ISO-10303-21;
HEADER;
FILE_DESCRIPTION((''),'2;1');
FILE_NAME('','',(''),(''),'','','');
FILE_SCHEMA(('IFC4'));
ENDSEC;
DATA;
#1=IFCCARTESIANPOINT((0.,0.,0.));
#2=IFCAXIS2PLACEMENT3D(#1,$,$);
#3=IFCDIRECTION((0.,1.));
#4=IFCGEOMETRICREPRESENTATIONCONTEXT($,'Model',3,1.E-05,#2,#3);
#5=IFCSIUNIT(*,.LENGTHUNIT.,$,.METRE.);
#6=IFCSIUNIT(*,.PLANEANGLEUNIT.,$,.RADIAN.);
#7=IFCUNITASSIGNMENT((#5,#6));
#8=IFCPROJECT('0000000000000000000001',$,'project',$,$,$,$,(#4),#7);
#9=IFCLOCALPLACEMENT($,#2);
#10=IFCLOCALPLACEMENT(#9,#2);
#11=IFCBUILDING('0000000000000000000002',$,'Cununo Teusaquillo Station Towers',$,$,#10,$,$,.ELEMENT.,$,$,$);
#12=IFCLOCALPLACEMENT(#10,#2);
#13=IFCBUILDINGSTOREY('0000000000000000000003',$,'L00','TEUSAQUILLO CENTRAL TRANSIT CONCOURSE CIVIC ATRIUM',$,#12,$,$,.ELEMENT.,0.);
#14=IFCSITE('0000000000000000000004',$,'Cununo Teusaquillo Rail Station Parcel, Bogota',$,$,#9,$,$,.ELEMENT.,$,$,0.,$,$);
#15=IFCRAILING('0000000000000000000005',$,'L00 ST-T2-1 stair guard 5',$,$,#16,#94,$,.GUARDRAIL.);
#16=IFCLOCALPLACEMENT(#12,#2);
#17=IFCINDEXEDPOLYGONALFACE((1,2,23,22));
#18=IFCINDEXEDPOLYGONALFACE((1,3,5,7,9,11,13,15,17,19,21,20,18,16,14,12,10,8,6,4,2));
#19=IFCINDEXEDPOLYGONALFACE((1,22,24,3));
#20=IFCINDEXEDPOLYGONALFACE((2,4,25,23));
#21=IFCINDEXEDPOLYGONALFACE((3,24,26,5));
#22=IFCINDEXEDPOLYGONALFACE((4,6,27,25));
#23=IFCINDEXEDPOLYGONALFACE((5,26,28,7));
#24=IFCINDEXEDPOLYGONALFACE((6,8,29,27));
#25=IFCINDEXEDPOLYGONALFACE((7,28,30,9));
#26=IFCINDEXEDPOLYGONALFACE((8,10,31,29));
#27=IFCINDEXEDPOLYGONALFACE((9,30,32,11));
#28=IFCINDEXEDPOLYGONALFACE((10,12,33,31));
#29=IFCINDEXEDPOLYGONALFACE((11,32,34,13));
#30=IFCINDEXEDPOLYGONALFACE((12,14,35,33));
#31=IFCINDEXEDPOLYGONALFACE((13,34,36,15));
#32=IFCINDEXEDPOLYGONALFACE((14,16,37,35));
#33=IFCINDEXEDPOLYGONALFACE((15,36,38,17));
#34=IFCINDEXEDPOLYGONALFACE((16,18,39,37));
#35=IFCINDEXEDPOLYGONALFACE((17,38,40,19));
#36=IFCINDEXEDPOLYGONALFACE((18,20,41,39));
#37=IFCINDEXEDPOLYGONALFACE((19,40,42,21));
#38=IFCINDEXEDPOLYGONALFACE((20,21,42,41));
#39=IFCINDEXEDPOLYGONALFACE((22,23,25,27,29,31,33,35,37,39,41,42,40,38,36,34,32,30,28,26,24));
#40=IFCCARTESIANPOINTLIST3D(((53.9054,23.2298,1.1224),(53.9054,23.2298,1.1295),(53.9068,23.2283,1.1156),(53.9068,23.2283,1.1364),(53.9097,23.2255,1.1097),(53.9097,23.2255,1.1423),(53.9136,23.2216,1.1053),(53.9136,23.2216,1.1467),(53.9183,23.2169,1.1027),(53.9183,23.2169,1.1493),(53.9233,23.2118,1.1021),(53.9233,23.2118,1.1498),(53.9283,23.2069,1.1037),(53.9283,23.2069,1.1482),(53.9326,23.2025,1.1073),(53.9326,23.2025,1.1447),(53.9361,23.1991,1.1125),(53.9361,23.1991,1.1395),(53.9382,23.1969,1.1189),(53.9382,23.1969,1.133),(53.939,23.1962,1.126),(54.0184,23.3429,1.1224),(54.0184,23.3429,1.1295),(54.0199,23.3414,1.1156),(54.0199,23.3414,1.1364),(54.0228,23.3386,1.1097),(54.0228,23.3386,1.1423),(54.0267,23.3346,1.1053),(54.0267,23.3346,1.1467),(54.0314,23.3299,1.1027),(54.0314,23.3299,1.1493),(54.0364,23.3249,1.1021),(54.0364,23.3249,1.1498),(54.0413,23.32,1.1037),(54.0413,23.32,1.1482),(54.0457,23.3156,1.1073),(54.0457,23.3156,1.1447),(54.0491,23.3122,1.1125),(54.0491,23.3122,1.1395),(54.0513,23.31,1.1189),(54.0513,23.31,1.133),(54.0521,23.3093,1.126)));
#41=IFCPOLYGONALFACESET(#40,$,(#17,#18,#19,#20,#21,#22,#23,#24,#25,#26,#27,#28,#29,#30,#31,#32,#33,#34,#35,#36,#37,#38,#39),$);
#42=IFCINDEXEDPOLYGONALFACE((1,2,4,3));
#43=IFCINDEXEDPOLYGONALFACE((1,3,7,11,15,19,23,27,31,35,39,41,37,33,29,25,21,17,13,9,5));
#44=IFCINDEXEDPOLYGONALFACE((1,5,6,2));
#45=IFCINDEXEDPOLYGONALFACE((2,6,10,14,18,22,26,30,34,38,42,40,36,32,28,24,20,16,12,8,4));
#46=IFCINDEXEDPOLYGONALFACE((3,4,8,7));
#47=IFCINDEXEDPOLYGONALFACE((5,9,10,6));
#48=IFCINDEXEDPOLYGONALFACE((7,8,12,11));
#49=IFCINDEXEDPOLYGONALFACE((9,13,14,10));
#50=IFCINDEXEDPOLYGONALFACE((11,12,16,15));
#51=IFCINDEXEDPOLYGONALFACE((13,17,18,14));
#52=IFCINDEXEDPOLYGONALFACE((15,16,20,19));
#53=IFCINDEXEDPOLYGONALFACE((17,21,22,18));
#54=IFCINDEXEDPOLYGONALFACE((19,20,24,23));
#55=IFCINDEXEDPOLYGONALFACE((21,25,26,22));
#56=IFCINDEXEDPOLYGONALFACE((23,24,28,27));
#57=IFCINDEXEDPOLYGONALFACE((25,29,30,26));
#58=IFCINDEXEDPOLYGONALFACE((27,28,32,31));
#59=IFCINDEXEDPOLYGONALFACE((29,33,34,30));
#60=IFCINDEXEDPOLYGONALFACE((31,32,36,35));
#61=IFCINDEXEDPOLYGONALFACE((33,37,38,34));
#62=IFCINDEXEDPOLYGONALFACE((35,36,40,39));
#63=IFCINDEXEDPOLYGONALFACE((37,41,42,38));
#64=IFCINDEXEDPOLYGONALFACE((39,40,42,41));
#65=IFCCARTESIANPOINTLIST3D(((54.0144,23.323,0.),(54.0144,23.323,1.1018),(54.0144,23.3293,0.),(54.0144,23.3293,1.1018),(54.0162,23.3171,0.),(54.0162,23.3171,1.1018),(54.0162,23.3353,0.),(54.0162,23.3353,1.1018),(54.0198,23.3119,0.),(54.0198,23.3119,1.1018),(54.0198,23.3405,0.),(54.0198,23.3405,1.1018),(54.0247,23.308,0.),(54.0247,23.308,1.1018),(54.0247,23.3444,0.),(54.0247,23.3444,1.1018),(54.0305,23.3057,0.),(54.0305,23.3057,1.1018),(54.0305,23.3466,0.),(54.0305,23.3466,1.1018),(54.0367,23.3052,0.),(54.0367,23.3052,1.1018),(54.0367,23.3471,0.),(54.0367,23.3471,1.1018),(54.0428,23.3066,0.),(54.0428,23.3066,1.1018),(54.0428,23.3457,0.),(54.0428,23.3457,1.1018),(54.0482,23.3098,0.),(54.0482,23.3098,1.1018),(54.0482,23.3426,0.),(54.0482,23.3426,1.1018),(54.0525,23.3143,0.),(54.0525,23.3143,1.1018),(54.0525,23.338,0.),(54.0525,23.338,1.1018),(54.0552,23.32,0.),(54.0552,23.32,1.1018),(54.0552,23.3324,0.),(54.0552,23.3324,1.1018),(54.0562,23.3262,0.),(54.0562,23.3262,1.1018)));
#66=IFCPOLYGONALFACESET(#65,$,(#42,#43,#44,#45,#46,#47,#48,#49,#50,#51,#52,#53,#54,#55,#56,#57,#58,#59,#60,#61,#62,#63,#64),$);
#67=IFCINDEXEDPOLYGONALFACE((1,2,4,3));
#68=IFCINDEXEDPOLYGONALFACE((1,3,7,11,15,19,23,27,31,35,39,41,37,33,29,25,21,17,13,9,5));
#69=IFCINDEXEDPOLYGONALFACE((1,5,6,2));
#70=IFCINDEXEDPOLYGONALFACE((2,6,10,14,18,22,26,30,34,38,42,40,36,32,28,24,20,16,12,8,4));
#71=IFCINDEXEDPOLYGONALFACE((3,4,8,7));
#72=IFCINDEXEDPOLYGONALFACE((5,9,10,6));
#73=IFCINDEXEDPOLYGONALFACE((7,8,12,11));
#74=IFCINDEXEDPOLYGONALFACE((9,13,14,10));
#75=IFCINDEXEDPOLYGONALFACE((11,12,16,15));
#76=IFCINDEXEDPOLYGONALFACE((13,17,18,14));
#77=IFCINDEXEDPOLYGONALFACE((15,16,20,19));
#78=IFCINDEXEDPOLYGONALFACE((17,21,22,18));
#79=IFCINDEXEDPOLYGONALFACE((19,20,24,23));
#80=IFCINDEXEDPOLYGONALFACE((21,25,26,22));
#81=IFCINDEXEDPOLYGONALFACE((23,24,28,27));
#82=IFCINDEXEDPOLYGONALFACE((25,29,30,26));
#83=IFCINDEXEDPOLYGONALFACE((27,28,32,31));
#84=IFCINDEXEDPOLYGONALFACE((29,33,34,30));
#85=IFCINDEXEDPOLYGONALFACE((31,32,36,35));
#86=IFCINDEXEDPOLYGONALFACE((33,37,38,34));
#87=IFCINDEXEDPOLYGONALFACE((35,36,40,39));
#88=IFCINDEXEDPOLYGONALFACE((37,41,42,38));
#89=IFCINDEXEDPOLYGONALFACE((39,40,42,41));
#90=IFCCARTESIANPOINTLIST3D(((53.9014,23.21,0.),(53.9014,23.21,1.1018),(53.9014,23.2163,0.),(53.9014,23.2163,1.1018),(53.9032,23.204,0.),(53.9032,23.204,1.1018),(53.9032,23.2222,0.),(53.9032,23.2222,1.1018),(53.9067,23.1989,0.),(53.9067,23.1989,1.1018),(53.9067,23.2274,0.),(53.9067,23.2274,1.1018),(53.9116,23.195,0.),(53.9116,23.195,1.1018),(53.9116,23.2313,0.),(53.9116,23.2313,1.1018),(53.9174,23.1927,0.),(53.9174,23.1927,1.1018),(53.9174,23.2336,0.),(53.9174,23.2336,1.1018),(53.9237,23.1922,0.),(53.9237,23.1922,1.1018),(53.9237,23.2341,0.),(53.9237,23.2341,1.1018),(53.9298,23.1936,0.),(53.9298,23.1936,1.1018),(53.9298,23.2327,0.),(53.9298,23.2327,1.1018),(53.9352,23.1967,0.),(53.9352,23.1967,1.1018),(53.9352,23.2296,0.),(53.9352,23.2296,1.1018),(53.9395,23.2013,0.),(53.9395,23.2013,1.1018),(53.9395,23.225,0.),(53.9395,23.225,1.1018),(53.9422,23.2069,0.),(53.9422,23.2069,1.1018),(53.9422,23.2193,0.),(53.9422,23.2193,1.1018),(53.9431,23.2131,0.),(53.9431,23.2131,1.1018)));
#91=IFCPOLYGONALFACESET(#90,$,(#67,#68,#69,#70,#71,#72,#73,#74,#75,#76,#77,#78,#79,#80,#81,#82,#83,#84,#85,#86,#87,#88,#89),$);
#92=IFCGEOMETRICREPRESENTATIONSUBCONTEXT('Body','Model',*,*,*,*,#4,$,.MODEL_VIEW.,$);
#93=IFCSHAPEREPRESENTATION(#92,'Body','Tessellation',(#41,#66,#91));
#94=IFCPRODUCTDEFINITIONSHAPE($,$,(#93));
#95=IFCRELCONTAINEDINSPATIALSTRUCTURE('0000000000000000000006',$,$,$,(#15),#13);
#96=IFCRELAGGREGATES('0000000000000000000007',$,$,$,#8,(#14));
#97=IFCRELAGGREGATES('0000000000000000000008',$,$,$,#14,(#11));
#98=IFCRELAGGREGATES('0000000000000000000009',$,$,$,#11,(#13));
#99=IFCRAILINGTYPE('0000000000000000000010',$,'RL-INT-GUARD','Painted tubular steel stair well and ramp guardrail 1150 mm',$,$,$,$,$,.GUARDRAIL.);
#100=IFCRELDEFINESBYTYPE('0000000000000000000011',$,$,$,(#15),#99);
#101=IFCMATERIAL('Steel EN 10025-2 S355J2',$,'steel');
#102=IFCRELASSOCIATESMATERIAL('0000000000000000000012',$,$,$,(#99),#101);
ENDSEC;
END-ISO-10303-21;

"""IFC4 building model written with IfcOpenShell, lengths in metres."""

from ifc_helpers import new_model, si_unit, direction, frame, origin, origin_2d, place, context, subcontext, project, spatial, circle, extrude, material, type_object, element, save


model = new_model("IFC4")

# Units and contexts
model_context = context("Model", 3, precision=1e-05, world=origin(), true_north=direction((0.0, 1.0)))
body_context = subcontext(model_context, "Body", "Model", "MODEL_VIEW")
ifc_project = project(units=[si_unit("LENGTHUNIT", "METRE"), si_unit("PLANEANGLEUNIT", "RADIAN")], contexts=[model_context])

# Site, building, storey
site_placement = place(None, origin())
site = spatial("IfcSite", under=ifc_project, at=site_placement, Name="Cununo Teusaquillo Rail Station Parcel, Bogota", CompositionType="ELEMENT", RefElevation=0.0)
building_placement = place(site_placement, origin())
building = spatial("IfcBuilding", under=site, at=building_placement, Name="Cununo Teusaquillo Station Towers", CompositionType="ELEMENT")
storey_placement = place(building_placement, origin())
storey = spatial("IfcBuildingStorey", under=building, at=storey_placement, Name="L00", Description="TEUSAQUILLO CENTRAL TRANSIT CONCOURSE CIVIC ATRIUM", CompositionType="ELEMENT", Elevation=0.0)

# Railing
ifc_material_1 = material(Name="Steel EN 10025-2 S355J2", Category="steel")
railing_type_1 = type_object("IfcRailingType", Name="RL-INT-GUARD", Description="Painted tubular steel stair well and ramp guardrail 1150 mm", PredefinedType="GUARDRAIL", material=ifc_material_1)
railing_1_placement = place(storey_placement, frame((54.0352, 23.3262, 0.0)))
element("IfcRailing", 1, at=railing_1_placement, inside=storey, type_object=railing_type_1, Name="L00 ST-T2-1 stair guard 5", PredefinedType="GUARDRAIL", context=body_context, shape_type="SweptSolid", body=[
    extrude(circle(Radius=0.0239, at=origin_2d()), frame((0.0, 0.0, 1.126), z_axis=(-0.707107, -0.707107, 0.0), x_axis=(0.707107, -0.707107, 0.0)), (0.0, 0.0, 1.0), 0.1599),
    extrude(circle(Radius=0.021, at=origin_2d()), origin(), (0.0, 0.0, 1.0), 1.1018),
    extrude(circle(Radius=0.021, at=origin_2d()), frame((-0.113, -0.113, 0.0)), (0.0, 0.0, 1.0), 1.1018),
])

save(model, "model.ifc")
